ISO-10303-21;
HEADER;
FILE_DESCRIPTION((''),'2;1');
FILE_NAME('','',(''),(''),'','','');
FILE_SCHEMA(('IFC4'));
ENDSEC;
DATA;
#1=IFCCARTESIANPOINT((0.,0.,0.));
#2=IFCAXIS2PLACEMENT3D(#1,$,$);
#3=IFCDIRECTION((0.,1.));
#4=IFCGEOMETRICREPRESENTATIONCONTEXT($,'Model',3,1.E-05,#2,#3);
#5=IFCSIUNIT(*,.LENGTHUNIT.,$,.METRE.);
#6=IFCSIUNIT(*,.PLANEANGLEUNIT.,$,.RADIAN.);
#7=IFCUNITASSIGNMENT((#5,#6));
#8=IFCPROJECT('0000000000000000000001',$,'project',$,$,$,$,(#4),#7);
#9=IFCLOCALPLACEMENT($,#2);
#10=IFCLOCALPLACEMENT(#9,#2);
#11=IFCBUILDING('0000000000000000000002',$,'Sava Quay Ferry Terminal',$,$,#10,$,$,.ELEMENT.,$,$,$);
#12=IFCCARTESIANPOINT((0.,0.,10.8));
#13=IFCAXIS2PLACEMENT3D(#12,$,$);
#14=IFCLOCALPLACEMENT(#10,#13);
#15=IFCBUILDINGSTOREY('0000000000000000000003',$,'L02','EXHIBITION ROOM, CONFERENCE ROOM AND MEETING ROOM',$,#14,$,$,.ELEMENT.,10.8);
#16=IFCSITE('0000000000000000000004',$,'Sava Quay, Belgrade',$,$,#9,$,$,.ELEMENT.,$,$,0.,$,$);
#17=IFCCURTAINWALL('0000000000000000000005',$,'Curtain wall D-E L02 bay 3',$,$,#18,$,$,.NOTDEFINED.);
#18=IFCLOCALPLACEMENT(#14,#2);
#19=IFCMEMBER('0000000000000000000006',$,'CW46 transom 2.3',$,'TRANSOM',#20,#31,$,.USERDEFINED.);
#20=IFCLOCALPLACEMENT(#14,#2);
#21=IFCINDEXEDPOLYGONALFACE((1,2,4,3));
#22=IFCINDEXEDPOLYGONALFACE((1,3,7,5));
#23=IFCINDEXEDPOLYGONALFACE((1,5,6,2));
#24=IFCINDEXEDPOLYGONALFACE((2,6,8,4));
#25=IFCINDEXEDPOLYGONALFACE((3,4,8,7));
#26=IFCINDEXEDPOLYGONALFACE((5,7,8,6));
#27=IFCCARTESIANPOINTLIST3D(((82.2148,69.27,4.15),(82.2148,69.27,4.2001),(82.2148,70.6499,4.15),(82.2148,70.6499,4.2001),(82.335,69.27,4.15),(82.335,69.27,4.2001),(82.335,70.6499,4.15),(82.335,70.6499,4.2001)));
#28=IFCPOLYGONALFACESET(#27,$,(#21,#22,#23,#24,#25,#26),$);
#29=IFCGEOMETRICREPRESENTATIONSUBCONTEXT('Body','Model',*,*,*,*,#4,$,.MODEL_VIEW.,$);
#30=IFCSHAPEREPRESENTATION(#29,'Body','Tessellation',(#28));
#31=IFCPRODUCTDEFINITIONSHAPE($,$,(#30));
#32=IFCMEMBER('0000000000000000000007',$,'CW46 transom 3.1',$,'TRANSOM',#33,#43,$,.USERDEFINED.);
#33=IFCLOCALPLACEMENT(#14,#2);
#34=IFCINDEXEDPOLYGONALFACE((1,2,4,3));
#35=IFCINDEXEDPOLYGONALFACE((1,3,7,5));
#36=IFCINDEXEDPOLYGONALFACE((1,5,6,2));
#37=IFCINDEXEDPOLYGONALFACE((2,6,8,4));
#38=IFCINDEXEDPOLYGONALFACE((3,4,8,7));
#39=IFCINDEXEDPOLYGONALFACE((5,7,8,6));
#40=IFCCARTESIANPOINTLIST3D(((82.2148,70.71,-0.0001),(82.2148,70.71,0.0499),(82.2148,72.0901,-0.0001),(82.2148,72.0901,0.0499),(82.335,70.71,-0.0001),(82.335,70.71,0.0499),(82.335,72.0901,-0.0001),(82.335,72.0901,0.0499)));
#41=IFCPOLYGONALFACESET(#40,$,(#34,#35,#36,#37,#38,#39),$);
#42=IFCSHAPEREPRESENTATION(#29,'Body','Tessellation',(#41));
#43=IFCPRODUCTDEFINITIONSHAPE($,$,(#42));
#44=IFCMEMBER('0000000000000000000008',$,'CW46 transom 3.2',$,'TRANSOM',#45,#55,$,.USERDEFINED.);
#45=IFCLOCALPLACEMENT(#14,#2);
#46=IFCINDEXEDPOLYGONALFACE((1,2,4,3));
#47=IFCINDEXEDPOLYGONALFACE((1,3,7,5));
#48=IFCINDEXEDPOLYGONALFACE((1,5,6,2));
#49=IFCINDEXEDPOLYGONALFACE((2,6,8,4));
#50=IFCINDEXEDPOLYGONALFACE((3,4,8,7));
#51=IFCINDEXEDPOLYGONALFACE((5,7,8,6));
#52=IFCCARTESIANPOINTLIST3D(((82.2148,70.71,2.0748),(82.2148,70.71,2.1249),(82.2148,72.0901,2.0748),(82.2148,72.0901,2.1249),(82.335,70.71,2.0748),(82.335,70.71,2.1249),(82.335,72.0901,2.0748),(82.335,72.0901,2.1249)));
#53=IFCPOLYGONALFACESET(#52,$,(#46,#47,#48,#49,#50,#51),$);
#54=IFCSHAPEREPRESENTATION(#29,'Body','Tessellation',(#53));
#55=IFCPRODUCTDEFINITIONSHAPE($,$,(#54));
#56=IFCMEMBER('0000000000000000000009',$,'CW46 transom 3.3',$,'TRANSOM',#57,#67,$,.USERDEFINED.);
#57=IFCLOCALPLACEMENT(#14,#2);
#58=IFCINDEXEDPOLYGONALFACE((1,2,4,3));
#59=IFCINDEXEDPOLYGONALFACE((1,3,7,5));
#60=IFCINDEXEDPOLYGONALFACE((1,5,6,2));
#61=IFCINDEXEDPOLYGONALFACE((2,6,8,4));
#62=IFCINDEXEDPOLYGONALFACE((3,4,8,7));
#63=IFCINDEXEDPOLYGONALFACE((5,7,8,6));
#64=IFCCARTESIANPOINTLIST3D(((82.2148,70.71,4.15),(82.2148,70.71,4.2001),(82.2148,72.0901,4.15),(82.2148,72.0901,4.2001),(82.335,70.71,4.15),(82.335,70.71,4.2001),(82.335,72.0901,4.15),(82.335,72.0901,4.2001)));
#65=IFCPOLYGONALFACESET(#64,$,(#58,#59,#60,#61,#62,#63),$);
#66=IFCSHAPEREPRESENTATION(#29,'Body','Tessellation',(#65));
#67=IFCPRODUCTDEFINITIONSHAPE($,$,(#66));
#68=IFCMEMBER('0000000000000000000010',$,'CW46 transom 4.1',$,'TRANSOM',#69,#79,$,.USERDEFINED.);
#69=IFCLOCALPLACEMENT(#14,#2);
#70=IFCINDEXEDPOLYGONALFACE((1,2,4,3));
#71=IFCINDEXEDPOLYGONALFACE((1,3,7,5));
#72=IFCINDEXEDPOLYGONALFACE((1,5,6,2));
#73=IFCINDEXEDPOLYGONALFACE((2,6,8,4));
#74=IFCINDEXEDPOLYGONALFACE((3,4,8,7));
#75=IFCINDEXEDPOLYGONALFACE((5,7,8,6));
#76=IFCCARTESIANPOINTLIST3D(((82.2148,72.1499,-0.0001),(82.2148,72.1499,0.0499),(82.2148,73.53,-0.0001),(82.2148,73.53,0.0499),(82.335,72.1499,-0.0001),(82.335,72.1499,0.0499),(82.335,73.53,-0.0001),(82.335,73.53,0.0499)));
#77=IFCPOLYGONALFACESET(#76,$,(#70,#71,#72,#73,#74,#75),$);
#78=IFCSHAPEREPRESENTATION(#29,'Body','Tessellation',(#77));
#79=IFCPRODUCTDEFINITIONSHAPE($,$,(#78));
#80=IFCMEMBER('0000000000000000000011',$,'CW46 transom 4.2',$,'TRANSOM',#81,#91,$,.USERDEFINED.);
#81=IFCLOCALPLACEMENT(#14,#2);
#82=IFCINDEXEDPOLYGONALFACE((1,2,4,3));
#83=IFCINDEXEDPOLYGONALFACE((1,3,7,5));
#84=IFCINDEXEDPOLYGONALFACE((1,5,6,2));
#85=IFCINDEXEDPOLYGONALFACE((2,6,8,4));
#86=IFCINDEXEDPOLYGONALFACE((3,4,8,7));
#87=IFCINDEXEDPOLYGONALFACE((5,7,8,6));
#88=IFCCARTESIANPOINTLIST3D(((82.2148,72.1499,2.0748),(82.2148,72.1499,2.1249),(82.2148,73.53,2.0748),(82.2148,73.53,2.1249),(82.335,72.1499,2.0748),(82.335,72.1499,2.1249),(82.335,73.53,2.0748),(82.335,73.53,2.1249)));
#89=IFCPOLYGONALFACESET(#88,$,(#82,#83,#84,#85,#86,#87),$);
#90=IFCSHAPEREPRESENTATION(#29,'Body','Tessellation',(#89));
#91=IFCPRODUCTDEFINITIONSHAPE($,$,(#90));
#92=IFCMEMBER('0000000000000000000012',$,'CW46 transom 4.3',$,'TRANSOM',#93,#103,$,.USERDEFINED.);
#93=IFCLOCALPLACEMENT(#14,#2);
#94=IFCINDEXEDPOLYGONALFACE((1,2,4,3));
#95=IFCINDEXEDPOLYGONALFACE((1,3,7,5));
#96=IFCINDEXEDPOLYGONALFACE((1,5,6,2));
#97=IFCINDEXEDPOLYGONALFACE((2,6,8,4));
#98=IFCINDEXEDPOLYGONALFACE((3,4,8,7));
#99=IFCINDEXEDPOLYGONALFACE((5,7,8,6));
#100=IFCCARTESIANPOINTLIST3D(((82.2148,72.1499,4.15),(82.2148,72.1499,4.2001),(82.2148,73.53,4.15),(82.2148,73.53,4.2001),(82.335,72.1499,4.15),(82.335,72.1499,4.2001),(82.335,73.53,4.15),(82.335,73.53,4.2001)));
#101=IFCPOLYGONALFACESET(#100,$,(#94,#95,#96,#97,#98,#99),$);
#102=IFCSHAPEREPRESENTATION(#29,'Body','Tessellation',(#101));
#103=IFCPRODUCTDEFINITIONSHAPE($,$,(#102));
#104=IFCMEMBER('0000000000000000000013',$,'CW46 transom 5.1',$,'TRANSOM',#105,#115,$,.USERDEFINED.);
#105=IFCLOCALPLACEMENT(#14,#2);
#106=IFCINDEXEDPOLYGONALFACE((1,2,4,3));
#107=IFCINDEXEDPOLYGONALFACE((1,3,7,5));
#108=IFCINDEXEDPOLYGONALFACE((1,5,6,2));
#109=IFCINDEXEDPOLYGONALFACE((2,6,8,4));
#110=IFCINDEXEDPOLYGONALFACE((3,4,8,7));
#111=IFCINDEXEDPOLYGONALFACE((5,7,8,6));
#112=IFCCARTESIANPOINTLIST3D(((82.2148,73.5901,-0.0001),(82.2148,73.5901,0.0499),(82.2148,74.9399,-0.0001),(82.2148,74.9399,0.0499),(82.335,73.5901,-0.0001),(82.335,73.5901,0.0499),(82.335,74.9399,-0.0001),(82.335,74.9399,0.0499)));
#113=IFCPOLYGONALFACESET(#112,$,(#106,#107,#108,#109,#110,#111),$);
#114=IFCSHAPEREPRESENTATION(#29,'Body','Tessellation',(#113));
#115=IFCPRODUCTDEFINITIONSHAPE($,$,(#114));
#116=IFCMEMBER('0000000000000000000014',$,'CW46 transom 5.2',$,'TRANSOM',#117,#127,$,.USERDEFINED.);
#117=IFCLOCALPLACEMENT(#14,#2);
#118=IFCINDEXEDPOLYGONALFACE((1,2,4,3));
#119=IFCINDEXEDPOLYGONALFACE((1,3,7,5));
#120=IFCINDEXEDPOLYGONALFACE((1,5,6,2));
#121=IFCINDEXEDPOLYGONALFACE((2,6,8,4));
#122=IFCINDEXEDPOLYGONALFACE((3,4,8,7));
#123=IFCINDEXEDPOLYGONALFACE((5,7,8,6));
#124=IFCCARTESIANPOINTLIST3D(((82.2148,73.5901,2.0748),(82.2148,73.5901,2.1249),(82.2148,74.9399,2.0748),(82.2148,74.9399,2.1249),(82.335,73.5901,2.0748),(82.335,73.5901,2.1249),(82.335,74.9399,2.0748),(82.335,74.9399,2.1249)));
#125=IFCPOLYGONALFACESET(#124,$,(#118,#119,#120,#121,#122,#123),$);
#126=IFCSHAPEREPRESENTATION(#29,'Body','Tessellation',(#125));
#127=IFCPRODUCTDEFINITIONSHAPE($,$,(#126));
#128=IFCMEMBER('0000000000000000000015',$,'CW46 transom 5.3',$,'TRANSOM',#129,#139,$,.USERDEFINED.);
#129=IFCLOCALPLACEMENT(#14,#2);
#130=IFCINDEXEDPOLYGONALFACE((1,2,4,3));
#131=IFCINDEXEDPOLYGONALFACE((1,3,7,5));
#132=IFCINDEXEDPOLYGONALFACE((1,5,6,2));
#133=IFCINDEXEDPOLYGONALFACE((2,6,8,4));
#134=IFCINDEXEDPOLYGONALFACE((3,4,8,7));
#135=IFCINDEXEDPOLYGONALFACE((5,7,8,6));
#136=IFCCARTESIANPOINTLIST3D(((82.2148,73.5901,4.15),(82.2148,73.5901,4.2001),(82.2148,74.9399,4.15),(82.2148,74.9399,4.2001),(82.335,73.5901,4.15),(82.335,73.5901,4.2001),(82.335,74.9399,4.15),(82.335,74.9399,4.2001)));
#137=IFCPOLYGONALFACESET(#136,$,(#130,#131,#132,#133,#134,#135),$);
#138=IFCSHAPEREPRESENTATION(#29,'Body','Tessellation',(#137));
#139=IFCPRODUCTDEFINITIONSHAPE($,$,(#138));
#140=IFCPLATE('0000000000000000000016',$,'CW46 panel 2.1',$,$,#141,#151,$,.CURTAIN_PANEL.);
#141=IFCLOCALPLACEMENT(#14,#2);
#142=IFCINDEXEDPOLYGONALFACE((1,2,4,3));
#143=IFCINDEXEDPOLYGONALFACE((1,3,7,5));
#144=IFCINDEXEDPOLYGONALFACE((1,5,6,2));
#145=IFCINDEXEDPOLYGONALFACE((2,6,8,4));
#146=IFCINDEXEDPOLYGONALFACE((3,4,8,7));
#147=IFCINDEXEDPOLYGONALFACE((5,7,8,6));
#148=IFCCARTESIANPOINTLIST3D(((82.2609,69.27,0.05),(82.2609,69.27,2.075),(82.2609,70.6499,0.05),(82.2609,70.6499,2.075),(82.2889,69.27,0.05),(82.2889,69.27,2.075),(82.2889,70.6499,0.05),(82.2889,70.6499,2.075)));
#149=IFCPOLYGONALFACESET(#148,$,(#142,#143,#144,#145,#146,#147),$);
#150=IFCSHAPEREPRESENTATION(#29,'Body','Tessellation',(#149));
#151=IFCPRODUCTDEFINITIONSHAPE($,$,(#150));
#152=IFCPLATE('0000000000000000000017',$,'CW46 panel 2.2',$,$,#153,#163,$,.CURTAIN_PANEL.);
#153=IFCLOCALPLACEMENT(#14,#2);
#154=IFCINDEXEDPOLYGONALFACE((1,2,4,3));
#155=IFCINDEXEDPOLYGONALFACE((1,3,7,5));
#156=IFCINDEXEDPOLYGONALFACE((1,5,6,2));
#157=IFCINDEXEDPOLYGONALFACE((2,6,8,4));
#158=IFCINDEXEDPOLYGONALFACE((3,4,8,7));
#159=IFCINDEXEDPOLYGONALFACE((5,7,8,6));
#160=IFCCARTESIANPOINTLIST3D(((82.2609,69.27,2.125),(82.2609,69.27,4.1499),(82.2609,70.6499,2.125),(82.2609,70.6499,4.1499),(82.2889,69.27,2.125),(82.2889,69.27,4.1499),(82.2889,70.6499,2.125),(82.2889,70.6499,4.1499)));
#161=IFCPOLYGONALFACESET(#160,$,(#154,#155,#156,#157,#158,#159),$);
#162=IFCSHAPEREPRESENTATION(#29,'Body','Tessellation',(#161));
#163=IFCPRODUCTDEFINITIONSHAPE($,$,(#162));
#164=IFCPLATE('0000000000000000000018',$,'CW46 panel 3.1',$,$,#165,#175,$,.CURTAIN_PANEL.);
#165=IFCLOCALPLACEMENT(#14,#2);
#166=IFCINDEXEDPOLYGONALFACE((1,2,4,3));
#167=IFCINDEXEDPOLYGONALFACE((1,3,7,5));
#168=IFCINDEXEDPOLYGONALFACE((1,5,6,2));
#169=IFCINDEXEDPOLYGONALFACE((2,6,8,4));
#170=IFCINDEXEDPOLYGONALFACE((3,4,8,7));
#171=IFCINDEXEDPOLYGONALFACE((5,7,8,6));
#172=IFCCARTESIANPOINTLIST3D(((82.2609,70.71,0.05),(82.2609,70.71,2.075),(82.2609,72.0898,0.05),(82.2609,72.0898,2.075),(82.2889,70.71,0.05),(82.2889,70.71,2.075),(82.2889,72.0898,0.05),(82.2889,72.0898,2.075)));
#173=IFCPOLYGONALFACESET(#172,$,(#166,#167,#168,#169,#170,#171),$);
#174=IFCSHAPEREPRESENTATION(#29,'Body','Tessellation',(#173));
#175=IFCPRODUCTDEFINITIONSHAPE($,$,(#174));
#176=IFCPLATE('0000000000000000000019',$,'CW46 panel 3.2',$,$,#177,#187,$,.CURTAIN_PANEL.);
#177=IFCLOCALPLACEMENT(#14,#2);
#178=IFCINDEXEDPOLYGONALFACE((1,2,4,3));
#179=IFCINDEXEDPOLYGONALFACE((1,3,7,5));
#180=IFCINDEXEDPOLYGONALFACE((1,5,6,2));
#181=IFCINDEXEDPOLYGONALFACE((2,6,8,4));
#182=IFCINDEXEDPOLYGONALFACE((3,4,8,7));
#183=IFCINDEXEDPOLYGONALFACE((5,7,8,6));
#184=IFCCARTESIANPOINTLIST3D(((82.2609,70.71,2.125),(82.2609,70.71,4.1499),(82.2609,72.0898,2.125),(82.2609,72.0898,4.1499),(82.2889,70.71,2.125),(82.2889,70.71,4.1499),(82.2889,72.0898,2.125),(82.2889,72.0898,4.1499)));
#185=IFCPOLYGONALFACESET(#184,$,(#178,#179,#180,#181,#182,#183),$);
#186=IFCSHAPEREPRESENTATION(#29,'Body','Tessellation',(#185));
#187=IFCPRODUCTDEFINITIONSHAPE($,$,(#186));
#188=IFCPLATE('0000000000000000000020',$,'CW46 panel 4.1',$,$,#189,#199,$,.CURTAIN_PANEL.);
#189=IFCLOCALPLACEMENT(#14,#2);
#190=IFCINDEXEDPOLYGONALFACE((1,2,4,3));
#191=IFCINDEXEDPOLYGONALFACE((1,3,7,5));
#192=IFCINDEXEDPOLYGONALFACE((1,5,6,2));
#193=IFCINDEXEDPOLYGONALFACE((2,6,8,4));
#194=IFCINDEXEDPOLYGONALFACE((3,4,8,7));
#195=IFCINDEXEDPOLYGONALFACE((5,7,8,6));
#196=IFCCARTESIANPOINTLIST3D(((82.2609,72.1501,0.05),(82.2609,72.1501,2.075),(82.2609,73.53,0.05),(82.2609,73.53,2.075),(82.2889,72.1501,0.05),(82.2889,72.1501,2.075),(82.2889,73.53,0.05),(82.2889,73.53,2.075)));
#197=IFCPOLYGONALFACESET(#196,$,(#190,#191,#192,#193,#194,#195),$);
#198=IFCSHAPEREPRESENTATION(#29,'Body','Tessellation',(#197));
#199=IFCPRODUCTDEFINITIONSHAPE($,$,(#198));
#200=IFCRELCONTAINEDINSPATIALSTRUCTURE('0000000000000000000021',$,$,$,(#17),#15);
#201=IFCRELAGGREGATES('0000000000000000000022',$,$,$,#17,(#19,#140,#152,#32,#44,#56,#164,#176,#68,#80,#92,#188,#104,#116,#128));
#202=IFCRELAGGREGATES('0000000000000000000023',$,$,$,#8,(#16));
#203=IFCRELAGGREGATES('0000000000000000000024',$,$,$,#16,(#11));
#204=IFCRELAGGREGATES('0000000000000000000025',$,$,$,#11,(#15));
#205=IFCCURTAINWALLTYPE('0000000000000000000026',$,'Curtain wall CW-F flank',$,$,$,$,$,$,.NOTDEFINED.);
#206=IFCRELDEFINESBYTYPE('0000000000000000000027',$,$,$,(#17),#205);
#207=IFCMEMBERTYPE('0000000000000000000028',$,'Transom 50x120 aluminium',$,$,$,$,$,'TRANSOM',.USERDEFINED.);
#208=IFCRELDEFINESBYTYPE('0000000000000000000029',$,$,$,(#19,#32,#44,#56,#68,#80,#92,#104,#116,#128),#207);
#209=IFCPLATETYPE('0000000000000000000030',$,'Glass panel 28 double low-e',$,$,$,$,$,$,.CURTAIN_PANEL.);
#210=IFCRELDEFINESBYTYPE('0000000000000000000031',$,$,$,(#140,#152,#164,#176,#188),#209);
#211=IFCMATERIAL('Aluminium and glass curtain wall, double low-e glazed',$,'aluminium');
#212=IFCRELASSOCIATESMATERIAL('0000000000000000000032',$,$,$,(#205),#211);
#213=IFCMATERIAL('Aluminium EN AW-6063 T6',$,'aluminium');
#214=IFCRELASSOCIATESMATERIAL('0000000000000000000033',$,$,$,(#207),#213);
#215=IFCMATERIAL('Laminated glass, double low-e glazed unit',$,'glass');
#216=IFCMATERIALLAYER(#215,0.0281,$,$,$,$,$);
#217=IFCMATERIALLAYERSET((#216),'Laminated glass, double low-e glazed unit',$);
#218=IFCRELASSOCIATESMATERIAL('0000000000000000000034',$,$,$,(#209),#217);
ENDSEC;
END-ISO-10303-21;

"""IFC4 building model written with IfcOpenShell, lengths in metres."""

from ifc_helpers import new_model, si_unit, direction, frame, origin, origin_2d, place, context, subcontext, project, spatial, rectangle, extrude, material, layer, layer_set, material_profile, profile_set, type_object, element, aggregate, save


model = new_model("IFC4")

# Units and contexts
model_context = context("Model", 3, precision=1e-05, world=origin(), true_north=direction((0.0, 1.0)))
body_context = subcontext(model_context, "Body", "Model", "MODEL_VIEW")
ifc_project = project(units=[si_unit("LENGTHUNIT", "METRE"), si_unit("PLANEANGLEUNIT", "RADIAN")], contexts=[model_context])

# Site, building, storey
site_placement = place(None, origin())
site = spatial("IfcSite", under=ifc_project, at=site_placement, Name="Sava Quay, Belgrade", CompositionType="ELEMENT", RefElevation=0.0)
building_placement = place(site_placement, origin())
building = spatial("IfcBuilding", under=site, at=building_placement, Name="Sava Quay Ferry Terminal", CompositionType="ELEMENT")
storey_placement = place(building_placement, frame((0.0, 0.0, 10.8)))
storey = spatial("IfcBuildingStorey", under=building, at=storey_placement, Name="L02", Description="EXHIBITION ROOM, CONFERENCE ROOM AND MEETING ROOM", CompositionType="ELEMENT", Elevation=10.8)

# Curtain wall, members, plates
ifc_material_1 = material(Name="Aluminium and glass curtain wall, double low-e glazed", Category="aluminium")
curtain_wall_type = type_object("IfcCurtainWallType", Name="Curtain wall CW-F flank", PredefinedType="NOTDEFINED", material=ifc_material_1)
curtain_wall_placement = place(storey_placement, origin())
curtain_wall = element("IfcCurtainWall", 1, at=curtain_wall_placement, inside=storey, type_object=curtain_wall_type, Name="Curtain wall D-E L02 bay 3", PredefinedType="NOTDEFINED")
ifc_material_2 = material(Name="Aluminium EN AW-6063 T6", Category="aluminium")
ifc_material_profile_1 = material_profile(ifc_material_2, rectangle(XDim=0.1201, YDim=0.05, at=origin_2d()), Name="Transom 50x120 aluminium")
ifc_profile_set_1 = profile_set([ifc_material_profile_1], Name="Aluminium EN AW-6063 T6")
member_type_1 = type_object("IfcMemberType", Name="Transom 50x120 aluminium", ElementType="TRANSOM", PredefinedType="USERDEFINED", material=ifc_profile_set_1)
member_1_placement = place(storey_placement, frame((82.2749, 69.27, 4.175), z_axis=(0.0, 1.0, 0.0), x_axis=(-1.0, 0.0, 0.0)))
member_1 = element("IfcMember", 2, at=member_1_placement, type_object=member_type_1, Name="CW46 transom 2.3", ObjectType="TRANSOM", PredefinedType="USERDEFINED", context=body_context, shape_type="SweptSolid", body=[
    extrude(rectangle(XDim=0.1201, YDim=0.05, at=origin_2d()), origin(), (0.0, 0.0, 1.0), 1.3799),
])
member_2_placement = place(storey_placement, frame((82.2749, 70.71, 0.0249), z_axis=(0.0, 1.0, 0.0), x_axis=(-1.0, 0.0, 0.0)))
member_2 = element("IfcMember", 3, at=member_2_placement, type_object=member_type_1, Name="CW46 transom 3.1", ObjectType="TRANSOM", PredefinedType="USERDEFINED", context=body_context, shape_type="SweptSolid", body=[
    extrude(rectangle(XDim=0.1201, YDim=0.05, at=origin_2d()), origin(), (0.0, 0.0, 1.0), 1.3801),
])
member_3_placement = place(storey_placement, frame((82.2749, 70.71, 2.0999), z_axis=(0.0, 1.0, 0.0), x_axis=(-1.0, 0.0, 0.0)))
member_3 = element("IfcMember", 4, at=member_3_placement, type_object=member_type_1, Name="CW46 transom 3.2", ObjectType="TRANSOM", PredefinedType="USERDEFINED", context=body_context, shape_type="SweptSolid", body=[
    extrude(rectangle(XDim=0.1201, YDim=0.05, at=origin_2d()), origin(), (0.0, 0.0, 1.0), 1.3801),
])
member_4_placement = place(storey_placement, frame((82.2749, 70.71, 4.175), z_axis=(0.0, 1.0, 0.0), x_axis=(-1.0, 0.0, 0.0)))
member_4 = element("IfcMember", 5, at=member_4_placement, type_object=member_type_1, Name="CW46 transom 3.3", ObjectType="TRANSOM", PredefinedType="USERDEFINED", context=body_context, shape_type="SweptSolid", body=[
    extrude(rectangle(XDim=0.1201, YDim=0.05, at=origin_2d()), origin(), (0.0, 0.0, 1.0), 1.3801),
])
member_5_placement = place(storey_placement, frame((82.2749, 72.1499, 0.0249), z_axis=(0.0, 1.0, 0.0), x_axis=(-1.0, 0.0, 0.0)))
member_5 = element("IfcMember", 6, at=member_5_placement, type_object=member_type_1, Name="CW46 transom 4.1", ObjectType="TRANSOM", PredefinedType="USERDEFINED", context=body_context, shape_type="SweptSolid", body=[
    extrude(rectangle(XDim=0.1201, YDim=0.05, at=origin_2d()), origin(), (0.0, 0.0, 1.0), 1.3801),
])
member_6_placement = place(storey_placement, frame((82.2749, 72.1499, 2.0999), z_axis=(0.0, 1.0, 0.0), x_axis=(-1.0, 0.0, 0.0)))
member_6 = element("IfcMember", 7, at=member_6_placement, type_object=member_type_1, Name="CW46 transom 4.2", ObjectType="TRANSOM", PredefinedType="USERDEFINED", context=body_context, shape_type="SweptSolid", body=[
    extrude(rectangle(XDim=0.1201, YDim=0.05, at=origin_2d()), origin(), (0.0, 0.0, 1.0), 1.3801),
])
member_7_placement = place(storey_placement, frame((82.2749, 72.1499, 4.175), z_axis=(0.0, 1.0, 0.0), x_axis=(-1.0, 0.0, 0.0)))
member_7 = element("IfcMember", 8, at=member_7_placement, type_object=member_type_1, Name="CW46 transom 4.3", ObjectType="TRANSOM", PredefinedType="USERDEFINED", context=body_context, shape_type="SweptSolid", body=[
    extrude(rectangle(XDim=0.1201, YDim=0.05, at=origin_2d()), origin(), (0.0, 0.0, 1.0), 1.3801),
])
member_8_placement = place(storey_placement, frame((82.2749, 73.5901, 0.0249), z_axis=(0.0, 1.0, 0.0), x_axis=(-1.0, 0.0, 0.0)))
member_8 = element("IfcMember", 9, at=member_8_placement, type_object=member_type_1, Name="CW46 transom 5.1", ObjectType="TRANSOM", PredefinedType="USERDEFINED", context=body_context, shape_type="SweptSolid", body=[
    extrude(rectangle(XDim=0.1201, YDim=0.05, at=origin_2d()), origin(), (0.0, 0.0, 1.0), 1.3499),
])
member_9_placement = place(storey_placement, frame((82.2749, 73.5901, 2.0999), z_axis=(0.0, 1.0, 0.0), x_axis=(-1.0, 0.0, 0.0)))
member_9 = element("IfcMember", 10, at=member_9_placement, type_object=member_type_1, Name="CW46 transom 5.2", ObjectType="TRANSOM", PredefinedType="USERDEFINED", context=body_context, shape_type="SweptSolid", body=[
    extrude(rectangle(XDim=0.1201, YDim=0.05, at=origin_2d()), origin(), (0.0, 0.0, 1.0), 1.3499),
])
member_10_placement = place(storey_placement, frame((82.2749, 73.5901, 4.175), z_axis=(0.0, 1.0, 0.0), x_axis=(-1.0, 0.0, 0.0)))
member_10 = element("IfcMember", 11, at=member_10_placement, type_object=member_type_1, Name="CW46 transom 5.3", ObjectType="TRANSOM", PredefinedType="USERDEFINED", context=body_context, shape_type="SweptSolid", body=[
    extrude(rectangle(XDim=0.1201, YDim=0.05, at=origin_2d()), origin(), (0.0, 0.0, 1.0), 1.3499),
])
ifc_material_3 = material(Name="Laminated glass, double low-e glazed unit", Category="glass")
ifc_layer_1 = layer(ifc_material_3, 0.0281)
ifc_layer_set_1 = layer_set([ifc_layer_1], Name="Laminated glass, double low-e glazed unit")
plate_type_1 = type_object("IfcPlateType", Name="Glass panel 28 double low-e", PredefinedType="CURTAIN_PANEL", material=ifc_layer_set_1)
plate_1_placement = place(storey_placement, frame((82.2749, 69.96, 0.05), z_axis=(0.0, 0.0, 1.0), x_axis=(0.0, 1.0, 0.0)))
plate_1 = element("IfcPlate", 12, at=plate_1_placement, type_object=plate_type_1, Name="CW46 panel 2.1", PredefinedType="CURTAIN_PANEL", context=body_context, shape_type="SweptSolid", body=[
    extrude(rectangle(XDim=1.3799, YDim=0.0281, at=origin_2d()), origin(), (0.0, 0.0, 1.0), 2.0249),
])
plate_2_placement = place(storey_placement, frame((82.2749, 69.96, 2.125), z_axis=(0.0, 0.0, 1.0), x_axis=(0.0, 1.0, 0.0)))
plate_2 = element("IfcPlate", 13, at=plate_2_placement, type_object=plate_type_1, Name="CW46 panel 2.2", PredefinedType="CURTAIN_PANEL", context=body_context, shape_type="SweptSolid", body=[
    extrude(rectangle(XDim=1.3799, YDim=0.0281, at=origin_2d()), origin(), (0.0, 0.0, 1.0), 2.0249),
])
plate_3_placement = place(storey_placement, frame((82.2749, 71.3999, 0.05), z_axis=(0.0, 0.0, 1.0), x_axis=(0.0, 1.0, 0.0)))
plate_3 = element("IfcPlate", 14, at=plate_3_placement, type_object=plate_type_1, Name="CW46 panel 3.1", PredefinedType="CURTAIN_PANEL", context=body_context, shape_type="SweptSolid", body=[
    extrude(rectangle(XDim=1.3799, YDim=0.0281, at=origin_2d()), origin(), (0.0, 0.0, 1.0), 2.0249),
])
plate_4_placement = place(storey_placement, frame((82.2749, 71.3999, 2.125), z_axis=(0.0, 0.0, 1.0), x_axis=(0.0, 1.0, 0.0)))
plate_4 = element("IfcPlate", 15, at=plate_4_placement, type_object=plate_type_1, Name="CW46 panel 3.2", PredefinedType="CURTAIN_PANEL", context=body_context, shape_type="SweptSolid", body=[
    extrude(rectangle(XDim=1.3799, YDim=0.0281, at=origin_2d()), origin(), (0.0, 0.0, 1.0), 2.0249),
])
plate_5_placement = place(storey_placement, frame((82.2749, 72.8401, 0.05), z_axis=(0.0, 0.0, 1.0), x_axis=(0.0, 1.0, 0.0)))
plate_5 = element("IfcPlate", 16, at=plate_5_placement, type_object=plate_type_1, Name="CW46 panel 4.1", PredefinedType="CURTAIN_PANEL", context=body_context, shape_type="SweptSolid", body=[
    extrude(rectangle(XDim=1.3799, YDim=0.0281, at=origin_2d()), origin(), (0.0, 0.0, 1.0), 2.0249),
])
aggregate(curtain_wall, [member_1, plate_1, plate_2, member_2, member_3, member_4, plate_3, plate_4, member_5, member_6, member_7, plate_5, member_8, member_9, member_10])

save(model, "model.ifc")
